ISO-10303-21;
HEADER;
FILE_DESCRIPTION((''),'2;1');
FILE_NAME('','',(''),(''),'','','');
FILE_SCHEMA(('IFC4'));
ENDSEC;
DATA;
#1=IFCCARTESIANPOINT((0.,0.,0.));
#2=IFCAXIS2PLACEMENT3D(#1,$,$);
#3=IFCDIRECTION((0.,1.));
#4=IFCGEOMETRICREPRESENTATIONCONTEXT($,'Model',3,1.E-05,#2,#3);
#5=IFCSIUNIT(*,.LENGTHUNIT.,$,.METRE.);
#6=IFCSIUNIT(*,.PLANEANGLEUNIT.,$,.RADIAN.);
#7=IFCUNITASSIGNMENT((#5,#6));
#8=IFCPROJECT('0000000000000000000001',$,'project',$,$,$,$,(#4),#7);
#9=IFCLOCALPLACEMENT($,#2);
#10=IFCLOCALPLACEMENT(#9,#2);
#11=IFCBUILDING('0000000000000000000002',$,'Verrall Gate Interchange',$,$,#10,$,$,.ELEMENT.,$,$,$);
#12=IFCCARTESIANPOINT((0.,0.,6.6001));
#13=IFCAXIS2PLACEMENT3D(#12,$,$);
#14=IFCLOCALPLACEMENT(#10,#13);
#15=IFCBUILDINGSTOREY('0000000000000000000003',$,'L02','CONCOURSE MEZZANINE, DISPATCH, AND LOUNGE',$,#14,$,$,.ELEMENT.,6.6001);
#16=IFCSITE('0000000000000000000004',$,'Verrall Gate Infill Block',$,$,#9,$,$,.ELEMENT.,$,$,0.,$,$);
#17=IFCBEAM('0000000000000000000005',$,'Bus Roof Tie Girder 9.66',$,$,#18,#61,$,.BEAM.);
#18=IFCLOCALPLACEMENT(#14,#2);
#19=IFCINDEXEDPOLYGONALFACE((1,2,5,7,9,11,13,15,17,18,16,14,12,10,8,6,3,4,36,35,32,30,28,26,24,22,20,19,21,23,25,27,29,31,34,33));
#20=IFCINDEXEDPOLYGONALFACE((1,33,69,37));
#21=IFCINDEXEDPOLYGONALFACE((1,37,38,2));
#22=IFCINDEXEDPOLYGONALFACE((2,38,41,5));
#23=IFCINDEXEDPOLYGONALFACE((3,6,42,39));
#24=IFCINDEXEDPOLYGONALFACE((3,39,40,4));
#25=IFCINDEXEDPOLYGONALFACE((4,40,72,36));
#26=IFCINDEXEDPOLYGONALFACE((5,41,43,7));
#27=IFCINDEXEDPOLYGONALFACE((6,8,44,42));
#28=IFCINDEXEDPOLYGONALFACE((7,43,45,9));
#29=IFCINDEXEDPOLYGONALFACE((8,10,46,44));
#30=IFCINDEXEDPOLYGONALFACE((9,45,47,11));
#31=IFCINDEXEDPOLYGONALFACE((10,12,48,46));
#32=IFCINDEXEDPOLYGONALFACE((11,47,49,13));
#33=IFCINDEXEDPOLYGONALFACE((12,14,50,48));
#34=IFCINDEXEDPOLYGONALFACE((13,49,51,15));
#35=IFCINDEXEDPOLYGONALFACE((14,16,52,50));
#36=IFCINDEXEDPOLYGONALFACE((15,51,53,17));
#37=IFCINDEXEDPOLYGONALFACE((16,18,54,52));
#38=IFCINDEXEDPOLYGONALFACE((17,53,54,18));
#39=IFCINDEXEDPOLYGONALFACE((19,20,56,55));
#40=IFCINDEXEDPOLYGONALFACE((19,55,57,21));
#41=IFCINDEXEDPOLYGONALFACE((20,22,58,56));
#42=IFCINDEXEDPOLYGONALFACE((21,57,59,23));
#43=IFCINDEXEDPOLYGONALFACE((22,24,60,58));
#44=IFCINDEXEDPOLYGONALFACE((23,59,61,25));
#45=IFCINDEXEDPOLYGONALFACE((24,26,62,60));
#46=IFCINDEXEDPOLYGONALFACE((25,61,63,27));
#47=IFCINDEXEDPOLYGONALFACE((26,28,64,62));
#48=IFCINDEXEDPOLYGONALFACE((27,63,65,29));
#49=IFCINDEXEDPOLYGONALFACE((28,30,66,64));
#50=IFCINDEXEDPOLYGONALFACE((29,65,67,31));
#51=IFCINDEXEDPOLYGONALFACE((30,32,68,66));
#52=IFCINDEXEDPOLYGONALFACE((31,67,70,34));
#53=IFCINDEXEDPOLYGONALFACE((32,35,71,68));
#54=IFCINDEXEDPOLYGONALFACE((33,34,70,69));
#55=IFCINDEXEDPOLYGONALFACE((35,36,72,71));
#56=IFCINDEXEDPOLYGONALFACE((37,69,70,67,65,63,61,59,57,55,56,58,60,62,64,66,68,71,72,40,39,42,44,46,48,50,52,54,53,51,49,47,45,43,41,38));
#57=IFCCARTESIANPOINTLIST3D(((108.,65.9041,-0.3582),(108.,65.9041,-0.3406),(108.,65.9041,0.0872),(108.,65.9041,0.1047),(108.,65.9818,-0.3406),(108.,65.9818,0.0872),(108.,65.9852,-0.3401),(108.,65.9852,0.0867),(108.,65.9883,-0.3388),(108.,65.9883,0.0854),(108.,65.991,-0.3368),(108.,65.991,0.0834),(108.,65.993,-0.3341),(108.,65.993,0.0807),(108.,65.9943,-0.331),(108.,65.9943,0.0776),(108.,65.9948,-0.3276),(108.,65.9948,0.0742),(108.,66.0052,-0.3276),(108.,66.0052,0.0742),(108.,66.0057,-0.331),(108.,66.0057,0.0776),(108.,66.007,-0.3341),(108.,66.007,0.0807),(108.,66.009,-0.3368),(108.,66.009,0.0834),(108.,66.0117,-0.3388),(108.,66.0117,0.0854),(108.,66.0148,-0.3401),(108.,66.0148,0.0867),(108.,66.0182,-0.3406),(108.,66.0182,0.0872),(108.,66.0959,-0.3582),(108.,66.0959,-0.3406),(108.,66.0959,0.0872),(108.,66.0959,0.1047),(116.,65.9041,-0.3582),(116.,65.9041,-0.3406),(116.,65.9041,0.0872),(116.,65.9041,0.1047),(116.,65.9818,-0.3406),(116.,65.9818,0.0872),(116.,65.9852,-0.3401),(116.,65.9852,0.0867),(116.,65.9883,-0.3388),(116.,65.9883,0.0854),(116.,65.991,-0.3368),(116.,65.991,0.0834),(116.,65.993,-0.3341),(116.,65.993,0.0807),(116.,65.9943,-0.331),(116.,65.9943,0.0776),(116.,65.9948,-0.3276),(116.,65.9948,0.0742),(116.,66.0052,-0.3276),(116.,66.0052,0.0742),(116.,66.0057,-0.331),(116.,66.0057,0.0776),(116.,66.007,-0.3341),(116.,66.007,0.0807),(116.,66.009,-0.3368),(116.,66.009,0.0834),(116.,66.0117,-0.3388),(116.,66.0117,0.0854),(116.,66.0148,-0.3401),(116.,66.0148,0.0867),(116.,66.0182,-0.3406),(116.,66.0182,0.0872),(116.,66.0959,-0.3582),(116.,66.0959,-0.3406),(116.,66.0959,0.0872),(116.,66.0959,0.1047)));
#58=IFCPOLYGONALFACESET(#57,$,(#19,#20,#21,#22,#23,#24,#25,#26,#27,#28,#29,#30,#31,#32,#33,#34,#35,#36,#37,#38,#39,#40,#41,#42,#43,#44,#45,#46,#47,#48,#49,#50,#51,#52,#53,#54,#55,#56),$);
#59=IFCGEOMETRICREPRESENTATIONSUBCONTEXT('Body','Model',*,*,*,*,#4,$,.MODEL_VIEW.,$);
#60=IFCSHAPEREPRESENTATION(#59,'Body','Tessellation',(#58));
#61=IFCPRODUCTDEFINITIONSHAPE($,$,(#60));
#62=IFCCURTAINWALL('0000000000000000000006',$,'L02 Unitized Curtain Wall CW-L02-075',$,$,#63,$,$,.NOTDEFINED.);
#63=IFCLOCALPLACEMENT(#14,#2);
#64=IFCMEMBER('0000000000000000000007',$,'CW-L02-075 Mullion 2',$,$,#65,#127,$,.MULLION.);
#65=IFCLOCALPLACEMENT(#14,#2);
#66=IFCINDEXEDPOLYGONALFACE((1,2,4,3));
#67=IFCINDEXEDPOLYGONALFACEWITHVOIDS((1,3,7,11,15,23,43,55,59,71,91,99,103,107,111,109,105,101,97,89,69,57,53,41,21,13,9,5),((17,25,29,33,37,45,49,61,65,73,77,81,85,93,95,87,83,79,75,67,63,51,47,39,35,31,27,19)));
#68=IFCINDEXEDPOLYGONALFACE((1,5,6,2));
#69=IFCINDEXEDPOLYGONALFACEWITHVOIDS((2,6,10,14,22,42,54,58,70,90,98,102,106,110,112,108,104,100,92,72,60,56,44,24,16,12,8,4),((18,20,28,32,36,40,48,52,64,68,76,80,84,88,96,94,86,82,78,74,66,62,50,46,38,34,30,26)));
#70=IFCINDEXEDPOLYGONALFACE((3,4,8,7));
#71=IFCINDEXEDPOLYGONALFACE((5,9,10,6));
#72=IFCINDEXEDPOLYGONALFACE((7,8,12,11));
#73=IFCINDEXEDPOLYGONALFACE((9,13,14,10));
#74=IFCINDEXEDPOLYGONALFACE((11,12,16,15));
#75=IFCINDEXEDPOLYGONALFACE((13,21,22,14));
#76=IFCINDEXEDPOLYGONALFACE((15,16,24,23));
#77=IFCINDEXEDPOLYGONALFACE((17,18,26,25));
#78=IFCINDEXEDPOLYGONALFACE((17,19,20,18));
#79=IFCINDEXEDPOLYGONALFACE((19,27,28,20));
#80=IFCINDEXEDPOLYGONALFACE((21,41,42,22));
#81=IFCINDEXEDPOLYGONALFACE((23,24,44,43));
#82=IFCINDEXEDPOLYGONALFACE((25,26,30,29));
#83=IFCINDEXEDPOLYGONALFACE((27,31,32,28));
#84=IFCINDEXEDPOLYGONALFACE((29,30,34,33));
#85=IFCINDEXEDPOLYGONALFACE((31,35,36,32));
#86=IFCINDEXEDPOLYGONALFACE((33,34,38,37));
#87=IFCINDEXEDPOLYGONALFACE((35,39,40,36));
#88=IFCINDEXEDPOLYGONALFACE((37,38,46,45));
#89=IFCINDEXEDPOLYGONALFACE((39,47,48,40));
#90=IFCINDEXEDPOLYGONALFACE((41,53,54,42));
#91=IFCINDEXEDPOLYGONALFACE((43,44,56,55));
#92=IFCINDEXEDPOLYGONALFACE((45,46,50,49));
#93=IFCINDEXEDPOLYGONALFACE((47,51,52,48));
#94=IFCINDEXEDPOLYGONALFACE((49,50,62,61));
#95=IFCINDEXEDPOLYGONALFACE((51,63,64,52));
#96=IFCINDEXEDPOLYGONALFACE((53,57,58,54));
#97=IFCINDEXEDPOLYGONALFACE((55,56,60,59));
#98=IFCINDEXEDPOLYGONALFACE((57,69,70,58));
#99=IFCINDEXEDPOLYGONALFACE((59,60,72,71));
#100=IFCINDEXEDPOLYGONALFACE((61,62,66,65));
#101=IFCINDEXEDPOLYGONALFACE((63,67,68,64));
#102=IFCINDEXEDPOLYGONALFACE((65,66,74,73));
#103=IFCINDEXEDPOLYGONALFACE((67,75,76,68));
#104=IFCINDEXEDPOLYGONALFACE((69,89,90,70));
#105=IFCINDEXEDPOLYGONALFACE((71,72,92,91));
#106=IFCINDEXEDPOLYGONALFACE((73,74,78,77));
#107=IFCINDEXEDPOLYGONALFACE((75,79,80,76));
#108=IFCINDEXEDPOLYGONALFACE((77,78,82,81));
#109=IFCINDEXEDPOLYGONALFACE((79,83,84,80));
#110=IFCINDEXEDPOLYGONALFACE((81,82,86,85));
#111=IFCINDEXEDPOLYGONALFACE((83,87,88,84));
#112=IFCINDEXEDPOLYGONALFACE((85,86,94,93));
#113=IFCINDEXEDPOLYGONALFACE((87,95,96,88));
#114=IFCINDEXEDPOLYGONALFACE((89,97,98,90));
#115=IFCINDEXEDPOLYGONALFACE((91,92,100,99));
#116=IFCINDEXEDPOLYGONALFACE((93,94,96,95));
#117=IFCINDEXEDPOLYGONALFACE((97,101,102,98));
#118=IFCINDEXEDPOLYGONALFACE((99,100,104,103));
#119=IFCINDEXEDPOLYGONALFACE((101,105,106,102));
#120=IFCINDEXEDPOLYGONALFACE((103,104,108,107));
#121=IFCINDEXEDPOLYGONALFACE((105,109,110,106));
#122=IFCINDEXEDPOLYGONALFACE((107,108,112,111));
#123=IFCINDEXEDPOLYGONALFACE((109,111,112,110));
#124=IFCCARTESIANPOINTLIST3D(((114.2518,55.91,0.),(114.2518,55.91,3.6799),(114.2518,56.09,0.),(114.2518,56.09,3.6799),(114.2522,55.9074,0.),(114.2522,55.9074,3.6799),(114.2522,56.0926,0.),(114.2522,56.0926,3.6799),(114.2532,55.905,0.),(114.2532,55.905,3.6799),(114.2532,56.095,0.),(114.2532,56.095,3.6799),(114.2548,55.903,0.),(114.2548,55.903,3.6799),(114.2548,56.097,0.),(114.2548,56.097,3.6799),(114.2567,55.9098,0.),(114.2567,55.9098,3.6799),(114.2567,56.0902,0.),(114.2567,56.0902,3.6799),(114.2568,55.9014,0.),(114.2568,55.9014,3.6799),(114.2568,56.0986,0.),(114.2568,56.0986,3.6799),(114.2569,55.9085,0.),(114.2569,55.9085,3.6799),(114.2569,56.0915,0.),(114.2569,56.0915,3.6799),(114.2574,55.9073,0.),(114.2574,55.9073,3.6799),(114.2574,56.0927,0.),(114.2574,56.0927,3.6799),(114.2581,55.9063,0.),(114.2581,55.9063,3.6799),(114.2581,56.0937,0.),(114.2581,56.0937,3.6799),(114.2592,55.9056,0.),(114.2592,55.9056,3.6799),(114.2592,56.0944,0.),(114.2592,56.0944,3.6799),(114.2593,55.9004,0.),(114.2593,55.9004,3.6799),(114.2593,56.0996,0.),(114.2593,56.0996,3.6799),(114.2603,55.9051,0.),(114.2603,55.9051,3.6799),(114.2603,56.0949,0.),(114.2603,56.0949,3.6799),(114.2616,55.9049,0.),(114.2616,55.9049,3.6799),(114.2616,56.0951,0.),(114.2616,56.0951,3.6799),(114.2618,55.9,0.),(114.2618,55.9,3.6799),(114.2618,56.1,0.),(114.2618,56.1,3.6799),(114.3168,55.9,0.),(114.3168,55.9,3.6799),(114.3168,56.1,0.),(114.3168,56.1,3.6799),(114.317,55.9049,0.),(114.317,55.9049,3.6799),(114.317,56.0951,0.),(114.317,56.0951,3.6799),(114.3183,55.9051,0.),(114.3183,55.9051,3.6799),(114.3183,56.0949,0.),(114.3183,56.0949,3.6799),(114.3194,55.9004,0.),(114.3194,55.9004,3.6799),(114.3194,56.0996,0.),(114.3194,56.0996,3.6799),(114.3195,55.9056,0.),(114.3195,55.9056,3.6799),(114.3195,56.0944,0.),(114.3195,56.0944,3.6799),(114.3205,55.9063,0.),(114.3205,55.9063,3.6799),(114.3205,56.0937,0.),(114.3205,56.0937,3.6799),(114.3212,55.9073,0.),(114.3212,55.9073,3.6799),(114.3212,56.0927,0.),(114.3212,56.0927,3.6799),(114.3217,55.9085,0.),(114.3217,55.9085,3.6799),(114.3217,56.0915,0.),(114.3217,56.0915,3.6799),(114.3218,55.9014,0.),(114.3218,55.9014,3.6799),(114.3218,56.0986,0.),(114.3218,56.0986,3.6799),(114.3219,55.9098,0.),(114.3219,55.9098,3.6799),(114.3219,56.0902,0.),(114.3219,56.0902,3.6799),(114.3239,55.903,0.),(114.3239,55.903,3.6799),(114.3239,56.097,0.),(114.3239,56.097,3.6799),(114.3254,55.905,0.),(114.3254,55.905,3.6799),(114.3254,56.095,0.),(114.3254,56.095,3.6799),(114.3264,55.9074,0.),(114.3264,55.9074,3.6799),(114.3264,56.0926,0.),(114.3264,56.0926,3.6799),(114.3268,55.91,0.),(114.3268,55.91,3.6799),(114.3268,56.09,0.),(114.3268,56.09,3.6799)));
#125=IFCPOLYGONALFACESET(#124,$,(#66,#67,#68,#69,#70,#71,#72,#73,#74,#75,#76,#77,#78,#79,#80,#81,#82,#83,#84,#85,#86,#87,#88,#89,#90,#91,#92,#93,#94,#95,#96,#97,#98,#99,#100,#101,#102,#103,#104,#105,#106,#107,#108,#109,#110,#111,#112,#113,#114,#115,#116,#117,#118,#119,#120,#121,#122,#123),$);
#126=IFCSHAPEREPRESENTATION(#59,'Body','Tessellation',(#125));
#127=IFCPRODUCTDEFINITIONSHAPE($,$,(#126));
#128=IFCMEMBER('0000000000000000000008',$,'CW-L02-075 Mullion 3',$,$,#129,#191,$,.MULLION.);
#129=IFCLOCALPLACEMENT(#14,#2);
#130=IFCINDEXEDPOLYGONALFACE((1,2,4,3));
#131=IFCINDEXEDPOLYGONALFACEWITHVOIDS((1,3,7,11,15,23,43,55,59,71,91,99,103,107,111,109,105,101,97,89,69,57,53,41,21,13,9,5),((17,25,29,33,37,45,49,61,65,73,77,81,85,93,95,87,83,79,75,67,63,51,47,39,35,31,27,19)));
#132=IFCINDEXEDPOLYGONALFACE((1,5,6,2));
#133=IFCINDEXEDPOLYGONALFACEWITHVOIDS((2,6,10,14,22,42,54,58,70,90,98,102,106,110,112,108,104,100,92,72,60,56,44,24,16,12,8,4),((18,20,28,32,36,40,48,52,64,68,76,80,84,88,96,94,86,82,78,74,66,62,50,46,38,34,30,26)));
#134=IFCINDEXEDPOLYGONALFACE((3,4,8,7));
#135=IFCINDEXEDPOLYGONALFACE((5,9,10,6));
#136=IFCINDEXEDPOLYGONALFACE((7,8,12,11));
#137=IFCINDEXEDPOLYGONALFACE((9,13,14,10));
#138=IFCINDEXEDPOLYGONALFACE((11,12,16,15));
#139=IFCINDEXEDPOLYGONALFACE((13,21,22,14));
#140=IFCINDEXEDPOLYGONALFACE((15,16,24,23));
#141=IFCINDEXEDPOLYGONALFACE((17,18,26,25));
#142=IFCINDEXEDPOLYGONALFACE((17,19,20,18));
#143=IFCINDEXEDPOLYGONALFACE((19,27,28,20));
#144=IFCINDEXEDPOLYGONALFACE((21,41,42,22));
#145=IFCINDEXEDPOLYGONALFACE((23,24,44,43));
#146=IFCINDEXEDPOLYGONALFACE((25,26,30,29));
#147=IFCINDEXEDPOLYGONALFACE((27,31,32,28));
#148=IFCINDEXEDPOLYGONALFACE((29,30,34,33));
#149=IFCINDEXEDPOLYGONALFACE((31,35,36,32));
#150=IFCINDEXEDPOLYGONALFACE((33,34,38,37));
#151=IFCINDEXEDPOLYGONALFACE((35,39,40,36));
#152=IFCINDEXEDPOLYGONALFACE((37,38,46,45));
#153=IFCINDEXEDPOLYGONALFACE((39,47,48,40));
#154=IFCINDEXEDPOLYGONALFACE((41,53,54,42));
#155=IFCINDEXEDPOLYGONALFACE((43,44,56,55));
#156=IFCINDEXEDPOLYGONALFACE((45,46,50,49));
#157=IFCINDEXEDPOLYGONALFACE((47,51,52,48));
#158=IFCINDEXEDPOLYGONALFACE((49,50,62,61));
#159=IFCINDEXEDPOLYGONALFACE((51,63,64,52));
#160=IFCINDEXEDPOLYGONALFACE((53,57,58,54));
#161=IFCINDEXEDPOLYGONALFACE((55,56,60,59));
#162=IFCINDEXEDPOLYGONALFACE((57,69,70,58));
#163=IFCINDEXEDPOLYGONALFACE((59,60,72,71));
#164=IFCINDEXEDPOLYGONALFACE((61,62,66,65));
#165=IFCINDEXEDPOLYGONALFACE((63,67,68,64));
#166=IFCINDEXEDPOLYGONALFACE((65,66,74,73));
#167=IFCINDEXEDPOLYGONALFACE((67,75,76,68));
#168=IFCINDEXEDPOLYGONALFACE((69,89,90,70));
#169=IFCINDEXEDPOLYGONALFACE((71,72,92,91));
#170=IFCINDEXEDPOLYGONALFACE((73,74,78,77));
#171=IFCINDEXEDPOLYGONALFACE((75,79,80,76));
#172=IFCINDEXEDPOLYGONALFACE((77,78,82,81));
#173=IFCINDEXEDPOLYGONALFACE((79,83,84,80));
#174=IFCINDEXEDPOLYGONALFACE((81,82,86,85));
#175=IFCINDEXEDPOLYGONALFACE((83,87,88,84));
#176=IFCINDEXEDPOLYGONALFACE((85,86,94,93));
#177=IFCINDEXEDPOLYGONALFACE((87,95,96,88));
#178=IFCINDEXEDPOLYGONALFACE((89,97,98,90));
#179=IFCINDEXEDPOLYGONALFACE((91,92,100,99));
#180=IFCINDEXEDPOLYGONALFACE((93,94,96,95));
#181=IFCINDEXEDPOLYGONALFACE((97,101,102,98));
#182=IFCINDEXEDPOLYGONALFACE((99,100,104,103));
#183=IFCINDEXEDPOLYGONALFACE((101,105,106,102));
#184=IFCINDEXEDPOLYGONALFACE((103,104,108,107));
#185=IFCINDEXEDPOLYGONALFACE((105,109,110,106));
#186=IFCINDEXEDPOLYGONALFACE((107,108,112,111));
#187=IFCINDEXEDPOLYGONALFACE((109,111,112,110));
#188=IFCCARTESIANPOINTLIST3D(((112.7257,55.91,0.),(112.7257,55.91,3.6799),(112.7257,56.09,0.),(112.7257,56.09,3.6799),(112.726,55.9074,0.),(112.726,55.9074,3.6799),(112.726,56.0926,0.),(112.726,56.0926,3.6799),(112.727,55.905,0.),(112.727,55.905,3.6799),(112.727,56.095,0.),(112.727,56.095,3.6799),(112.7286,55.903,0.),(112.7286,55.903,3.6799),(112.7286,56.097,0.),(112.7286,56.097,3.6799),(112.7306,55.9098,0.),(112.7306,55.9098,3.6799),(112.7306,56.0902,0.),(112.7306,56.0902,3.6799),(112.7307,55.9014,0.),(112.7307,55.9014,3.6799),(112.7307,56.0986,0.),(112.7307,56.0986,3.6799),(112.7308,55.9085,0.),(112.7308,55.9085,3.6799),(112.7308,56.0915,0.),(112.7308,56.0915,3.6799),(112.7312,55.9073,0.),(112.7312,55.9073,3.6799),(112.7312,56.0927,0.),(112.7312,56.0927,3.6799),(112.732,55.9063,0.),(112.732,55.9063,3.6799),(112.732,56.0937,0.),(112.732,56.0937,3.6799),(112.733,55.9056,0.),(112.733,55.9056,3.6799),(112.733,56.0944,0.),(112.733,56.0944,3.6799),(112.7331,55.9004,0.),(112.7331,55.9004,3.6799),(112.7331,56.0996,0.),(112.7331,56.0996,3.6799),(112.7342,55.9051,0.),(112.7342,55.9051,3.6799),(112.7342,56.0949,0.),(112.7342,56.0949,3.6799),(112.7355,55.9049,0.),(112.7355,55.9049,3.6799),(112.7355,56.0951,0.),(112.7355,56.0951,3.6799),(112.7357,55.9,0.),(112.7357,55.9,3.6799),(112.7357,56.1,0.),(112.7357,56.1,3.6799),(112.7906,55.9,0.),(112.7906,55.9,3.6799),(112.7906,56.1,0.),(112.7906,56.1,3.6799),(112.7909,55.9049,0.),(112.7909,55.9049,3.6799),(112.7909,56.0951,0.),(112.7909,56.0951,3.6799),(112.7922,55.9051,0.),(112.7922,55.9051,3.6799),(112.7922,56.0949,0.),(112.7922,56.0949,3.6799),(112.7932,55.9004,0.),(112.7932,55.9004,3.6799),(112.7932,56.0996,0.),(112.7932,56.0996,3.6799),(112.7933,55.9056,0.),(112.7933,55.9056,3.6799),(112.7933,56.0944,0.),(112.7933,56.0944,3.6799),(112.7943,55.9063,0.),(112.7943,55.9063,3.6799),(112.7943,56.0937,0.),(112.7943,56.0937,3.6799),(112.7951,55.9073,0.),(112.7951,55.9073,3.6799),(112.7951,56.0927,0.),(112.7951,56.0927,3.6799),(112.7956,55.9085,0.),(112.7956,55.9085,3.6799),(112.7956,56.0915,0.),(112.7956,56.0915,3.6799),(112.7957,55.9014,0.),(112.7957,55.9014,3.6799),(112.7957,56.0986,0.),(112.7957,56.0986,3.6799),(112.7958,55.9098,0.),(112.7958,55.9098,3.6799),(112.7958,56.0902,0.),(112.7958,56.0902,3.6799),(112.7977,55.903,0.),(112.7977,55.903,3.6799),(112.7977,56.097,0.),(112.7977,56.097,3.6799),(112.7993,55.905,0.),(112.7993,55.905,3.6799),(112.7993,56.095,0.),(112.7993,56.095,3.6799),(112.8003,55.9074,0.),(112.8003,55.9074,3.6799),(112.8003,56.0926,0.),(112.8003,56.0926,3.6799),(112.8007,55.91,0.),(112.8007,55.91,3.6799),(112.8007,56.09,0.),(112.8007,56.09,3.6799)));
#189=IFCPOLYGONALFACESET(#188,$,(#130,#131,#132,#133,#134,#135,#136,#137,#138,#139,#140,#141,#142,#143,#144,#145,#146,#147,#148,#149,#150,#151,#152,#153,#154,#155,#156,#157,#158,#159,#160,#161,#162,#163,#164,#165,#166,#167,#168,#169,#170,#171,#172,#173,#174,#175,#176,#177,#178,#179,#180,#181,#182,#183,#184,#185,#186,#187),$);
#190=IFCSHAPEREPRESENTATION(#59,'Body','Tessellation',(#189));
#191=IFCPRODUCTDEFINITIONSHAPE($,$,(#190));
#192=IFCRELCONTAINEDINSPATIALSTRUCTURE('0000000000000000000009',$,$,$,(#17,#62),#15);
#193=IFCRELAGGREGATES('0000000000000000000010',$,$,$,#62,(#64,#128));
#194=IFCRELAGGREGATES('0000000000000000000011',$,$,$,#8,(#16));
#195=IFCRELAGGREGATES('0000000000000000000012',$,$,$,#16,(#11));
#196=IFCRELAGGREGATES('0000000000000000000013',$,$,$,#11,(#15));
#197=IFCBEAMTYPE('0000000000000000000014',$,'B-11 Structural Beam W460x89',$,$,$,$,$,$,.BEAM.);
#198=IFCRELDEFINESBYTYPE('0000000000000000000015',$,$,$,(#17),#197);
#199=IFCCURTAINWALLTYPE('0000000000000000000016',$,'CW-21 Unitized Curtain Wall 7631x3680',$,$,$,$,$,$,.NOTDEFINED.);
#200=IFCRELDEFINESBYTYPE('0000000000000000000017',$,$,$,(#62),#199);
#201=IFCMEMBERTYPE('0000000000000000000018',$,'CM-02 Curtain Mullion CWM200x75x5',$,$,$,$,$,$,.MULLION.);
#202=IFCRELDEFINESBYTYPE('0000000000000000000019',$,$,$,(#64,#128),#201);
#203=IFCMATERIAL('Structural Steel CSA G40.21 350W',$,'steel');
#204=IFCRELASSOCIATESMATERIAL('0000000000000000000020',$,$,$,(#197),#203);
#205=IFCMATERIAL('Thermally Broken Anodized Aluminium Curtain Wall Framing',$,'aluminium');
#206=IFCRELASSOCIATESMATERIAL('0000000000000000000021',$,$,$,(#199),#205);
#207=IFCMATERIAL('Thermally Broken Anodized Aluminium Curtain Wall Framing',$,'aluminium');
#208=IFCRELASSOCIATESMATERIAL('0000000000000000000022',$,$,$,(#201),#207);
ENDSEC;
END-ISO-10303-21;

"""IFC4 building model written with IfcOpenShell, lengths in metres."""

from ifc_helpers import new_model, si_unit, direction, frame, origin, origin_2d, place, context, subcontext, project, spatial, hollow_rectangle, i_section, extrude, material, material_profile, profile_set, type_object, element, aggregate, save


model = new_model("IFC4")

# Units and contexts
model_context = context("Model", 3, precision=1e-05, world=origin(), true_north=direction((0.0, 1.0)))
body_context = subcontext(model_context, "Body", "Model", "MODEL_VIEW")
ifc_project = project(units=[si_unit("LENGTHUNIT", "METRE"), si_unit("PLANEANGLEUNIT", "RADIAN")], contexts=[model_context])

# Site, building, storey
site_placement = place(None, origin())
site = spatial("IfcSite", under=ifc_project, at=site_placement, Name="Verrall Gate Infill Block", CompositionType="ELEMENT", RefElevation=0.0)
building_placement = place(site_placement, origin())
building = spatial("IfcBuilding", under=site, at=building_placement, Name="Verrall Gate Interchange", CompositionType="ELEMENT")
storey_placement = place(building_placement, frame((0.0, 0.0, 6.6001)))
storey = spatial("IfcBuildingStorey", under=building, at=storey_placement, Name="L02", Description="CONCOURSE MEZZANINE, DISPATCH, AND LOUNGE", CompositionType="ELEMENT", Elevation=6.6001)

# Beam
ifc_material_1 = material(Name="Structural Steel CSA G40.21 350W", Category="steel")
ifc_material_profile_1 = material_profile(ifc_material_1, i_section(OverallWidth=0.1919, OverallDepth=0.4629, WebThickness=0.0105, FlangeThickness=0.0176, FilletRadius=0.0129, at=origin_2d()), Name="W460x89")
ifc_profile_set_1 = profile_set([ifc_material_profile_1], Name="Structural Steel CSA G40.21 350W")
beam_type_1 = type_object("IfcBeamType", Name="B-11 Structural Beam W460x89", PredefinedType="BEAM", material=ifc_profile_set_1)
for number, where, z_axis, x_axis, name in (
    (1, (108.0, 66.0, -0.1267), (1.0, 0.0, 0.0), (0.0, 1.0, 0.0), "Bus Roof Tie Girder 9.66"),
):
    element("IfcBeam", number, at=place(storey_placement, frame(where, z_axis=z_axis, x_axis=x_axis)), inside=storey, type_object=beam_type_1, Name=name, PredefinedType="BEAM", context=body_context, shape_type="SweptSolid", body=[
        extrude(i_section(OverallWidth=0.1919, OverallDepth=0.4629, WebThickness=0.0105, FlangeThickness=0.0176, FilletRadius=0.0129, at=origin_2d()), origin(), (0.0, 0.0, 1.0), 8.0),
    ])

# Curtain wall, members
ifc_material_2 = material(Name="Thermally Broken Anodized Aluminium Curtain Wall Framing", Category="aluminium")
curtain_wall_type = type_object("IfcCurtainWallType", Name="CW-21 Unitized Curtain Wall 7631x3680", PredefinedType="NOTDEFINED", material=ifc_material_2)
curtain_wall_placement = place(storey_placement, origin())
curtain_wall = element("IfcCurtainWall", 2, at=curtain_wall_placement, inside=storey, type_object=curtain_wall_type, Name="L02 Unitized Curtain Wall CW-L02-075", PredefinedType="NOTDEFINED")
ifc_material_3 = material(Name="Thermally Broken Anodized Aluminium Curtain Wall Framing", Category="aluminium")
ifc_material_profile_2 = material_profile(ifc_material_3, hollow_rectangle(XDim=0.075, YDim=0.2, WallThickness=0.0049, InnerFilletRadius=0.0049, OuterFilletRadius=0.01, at=origin_2d()), Name="CWM200x75x5")
ifc_profile_set_2 = profile_set([ifc_material_profile_2], Name="Thermally Broken Anodized Aluminium Curtain Wall Framing")
member_type_1 = type_object("IfcMemberType", Name="CM-02 Curtain Mullion CWM200x75x5", PredefinedType="MULLION", material=ifc_profile_set_2)
member_1_placement = place(storey_placement, frame((114.2893, 56.0, 0.0), z_axis=(0.0, 0.0, 1.0), x_axis=(-1.0, 0.0, 0.0)))
member_1 = element("IfcMember", 3, at=member_1_placement, type_object=member_type_1, Name="CW-L02-075 Mullion 2", PredefinedType="MULLION", context=body_context, shape_type="SweptSolid", body=[
    extrude(hollow_rectangle(XDim=0.075, YDim=0.2, WallThickness=0.0049, InnerFilletRadius=0.0049, OuterFilletRadius=0.01, at=origin_2d()), origin(), (0.0, 0.0, 1.0), 3.6799),
])
member_2_placement = place(storey_placement, frame((112.7632, 56.0, 0.0), z_axis=(0.0, 0.0, 1.0), x_axis=(-1.0, 0.0, 0.0)))
member_2 = element("IfcMember", 4, at=member_2_placement, type_object=member_type_1, Name="CW-L02-075 Mullion 3", PredefinedType="MULLION", context=body_context, shape_type="SweptSolid", body=[
    extrude(hollow_rectangle(XDim=0.075, YDim=0.2, WallThickness=0.0049, InnerFilletRadius=0.0049, OuterFilletRadius=0.01, at=origin_2d()), origin(), (0.0, 0.0, 1.0), 3.6799),
])

aggregate(curtain_wall, [member_1, member_2])

save(model, "model.ifc")
